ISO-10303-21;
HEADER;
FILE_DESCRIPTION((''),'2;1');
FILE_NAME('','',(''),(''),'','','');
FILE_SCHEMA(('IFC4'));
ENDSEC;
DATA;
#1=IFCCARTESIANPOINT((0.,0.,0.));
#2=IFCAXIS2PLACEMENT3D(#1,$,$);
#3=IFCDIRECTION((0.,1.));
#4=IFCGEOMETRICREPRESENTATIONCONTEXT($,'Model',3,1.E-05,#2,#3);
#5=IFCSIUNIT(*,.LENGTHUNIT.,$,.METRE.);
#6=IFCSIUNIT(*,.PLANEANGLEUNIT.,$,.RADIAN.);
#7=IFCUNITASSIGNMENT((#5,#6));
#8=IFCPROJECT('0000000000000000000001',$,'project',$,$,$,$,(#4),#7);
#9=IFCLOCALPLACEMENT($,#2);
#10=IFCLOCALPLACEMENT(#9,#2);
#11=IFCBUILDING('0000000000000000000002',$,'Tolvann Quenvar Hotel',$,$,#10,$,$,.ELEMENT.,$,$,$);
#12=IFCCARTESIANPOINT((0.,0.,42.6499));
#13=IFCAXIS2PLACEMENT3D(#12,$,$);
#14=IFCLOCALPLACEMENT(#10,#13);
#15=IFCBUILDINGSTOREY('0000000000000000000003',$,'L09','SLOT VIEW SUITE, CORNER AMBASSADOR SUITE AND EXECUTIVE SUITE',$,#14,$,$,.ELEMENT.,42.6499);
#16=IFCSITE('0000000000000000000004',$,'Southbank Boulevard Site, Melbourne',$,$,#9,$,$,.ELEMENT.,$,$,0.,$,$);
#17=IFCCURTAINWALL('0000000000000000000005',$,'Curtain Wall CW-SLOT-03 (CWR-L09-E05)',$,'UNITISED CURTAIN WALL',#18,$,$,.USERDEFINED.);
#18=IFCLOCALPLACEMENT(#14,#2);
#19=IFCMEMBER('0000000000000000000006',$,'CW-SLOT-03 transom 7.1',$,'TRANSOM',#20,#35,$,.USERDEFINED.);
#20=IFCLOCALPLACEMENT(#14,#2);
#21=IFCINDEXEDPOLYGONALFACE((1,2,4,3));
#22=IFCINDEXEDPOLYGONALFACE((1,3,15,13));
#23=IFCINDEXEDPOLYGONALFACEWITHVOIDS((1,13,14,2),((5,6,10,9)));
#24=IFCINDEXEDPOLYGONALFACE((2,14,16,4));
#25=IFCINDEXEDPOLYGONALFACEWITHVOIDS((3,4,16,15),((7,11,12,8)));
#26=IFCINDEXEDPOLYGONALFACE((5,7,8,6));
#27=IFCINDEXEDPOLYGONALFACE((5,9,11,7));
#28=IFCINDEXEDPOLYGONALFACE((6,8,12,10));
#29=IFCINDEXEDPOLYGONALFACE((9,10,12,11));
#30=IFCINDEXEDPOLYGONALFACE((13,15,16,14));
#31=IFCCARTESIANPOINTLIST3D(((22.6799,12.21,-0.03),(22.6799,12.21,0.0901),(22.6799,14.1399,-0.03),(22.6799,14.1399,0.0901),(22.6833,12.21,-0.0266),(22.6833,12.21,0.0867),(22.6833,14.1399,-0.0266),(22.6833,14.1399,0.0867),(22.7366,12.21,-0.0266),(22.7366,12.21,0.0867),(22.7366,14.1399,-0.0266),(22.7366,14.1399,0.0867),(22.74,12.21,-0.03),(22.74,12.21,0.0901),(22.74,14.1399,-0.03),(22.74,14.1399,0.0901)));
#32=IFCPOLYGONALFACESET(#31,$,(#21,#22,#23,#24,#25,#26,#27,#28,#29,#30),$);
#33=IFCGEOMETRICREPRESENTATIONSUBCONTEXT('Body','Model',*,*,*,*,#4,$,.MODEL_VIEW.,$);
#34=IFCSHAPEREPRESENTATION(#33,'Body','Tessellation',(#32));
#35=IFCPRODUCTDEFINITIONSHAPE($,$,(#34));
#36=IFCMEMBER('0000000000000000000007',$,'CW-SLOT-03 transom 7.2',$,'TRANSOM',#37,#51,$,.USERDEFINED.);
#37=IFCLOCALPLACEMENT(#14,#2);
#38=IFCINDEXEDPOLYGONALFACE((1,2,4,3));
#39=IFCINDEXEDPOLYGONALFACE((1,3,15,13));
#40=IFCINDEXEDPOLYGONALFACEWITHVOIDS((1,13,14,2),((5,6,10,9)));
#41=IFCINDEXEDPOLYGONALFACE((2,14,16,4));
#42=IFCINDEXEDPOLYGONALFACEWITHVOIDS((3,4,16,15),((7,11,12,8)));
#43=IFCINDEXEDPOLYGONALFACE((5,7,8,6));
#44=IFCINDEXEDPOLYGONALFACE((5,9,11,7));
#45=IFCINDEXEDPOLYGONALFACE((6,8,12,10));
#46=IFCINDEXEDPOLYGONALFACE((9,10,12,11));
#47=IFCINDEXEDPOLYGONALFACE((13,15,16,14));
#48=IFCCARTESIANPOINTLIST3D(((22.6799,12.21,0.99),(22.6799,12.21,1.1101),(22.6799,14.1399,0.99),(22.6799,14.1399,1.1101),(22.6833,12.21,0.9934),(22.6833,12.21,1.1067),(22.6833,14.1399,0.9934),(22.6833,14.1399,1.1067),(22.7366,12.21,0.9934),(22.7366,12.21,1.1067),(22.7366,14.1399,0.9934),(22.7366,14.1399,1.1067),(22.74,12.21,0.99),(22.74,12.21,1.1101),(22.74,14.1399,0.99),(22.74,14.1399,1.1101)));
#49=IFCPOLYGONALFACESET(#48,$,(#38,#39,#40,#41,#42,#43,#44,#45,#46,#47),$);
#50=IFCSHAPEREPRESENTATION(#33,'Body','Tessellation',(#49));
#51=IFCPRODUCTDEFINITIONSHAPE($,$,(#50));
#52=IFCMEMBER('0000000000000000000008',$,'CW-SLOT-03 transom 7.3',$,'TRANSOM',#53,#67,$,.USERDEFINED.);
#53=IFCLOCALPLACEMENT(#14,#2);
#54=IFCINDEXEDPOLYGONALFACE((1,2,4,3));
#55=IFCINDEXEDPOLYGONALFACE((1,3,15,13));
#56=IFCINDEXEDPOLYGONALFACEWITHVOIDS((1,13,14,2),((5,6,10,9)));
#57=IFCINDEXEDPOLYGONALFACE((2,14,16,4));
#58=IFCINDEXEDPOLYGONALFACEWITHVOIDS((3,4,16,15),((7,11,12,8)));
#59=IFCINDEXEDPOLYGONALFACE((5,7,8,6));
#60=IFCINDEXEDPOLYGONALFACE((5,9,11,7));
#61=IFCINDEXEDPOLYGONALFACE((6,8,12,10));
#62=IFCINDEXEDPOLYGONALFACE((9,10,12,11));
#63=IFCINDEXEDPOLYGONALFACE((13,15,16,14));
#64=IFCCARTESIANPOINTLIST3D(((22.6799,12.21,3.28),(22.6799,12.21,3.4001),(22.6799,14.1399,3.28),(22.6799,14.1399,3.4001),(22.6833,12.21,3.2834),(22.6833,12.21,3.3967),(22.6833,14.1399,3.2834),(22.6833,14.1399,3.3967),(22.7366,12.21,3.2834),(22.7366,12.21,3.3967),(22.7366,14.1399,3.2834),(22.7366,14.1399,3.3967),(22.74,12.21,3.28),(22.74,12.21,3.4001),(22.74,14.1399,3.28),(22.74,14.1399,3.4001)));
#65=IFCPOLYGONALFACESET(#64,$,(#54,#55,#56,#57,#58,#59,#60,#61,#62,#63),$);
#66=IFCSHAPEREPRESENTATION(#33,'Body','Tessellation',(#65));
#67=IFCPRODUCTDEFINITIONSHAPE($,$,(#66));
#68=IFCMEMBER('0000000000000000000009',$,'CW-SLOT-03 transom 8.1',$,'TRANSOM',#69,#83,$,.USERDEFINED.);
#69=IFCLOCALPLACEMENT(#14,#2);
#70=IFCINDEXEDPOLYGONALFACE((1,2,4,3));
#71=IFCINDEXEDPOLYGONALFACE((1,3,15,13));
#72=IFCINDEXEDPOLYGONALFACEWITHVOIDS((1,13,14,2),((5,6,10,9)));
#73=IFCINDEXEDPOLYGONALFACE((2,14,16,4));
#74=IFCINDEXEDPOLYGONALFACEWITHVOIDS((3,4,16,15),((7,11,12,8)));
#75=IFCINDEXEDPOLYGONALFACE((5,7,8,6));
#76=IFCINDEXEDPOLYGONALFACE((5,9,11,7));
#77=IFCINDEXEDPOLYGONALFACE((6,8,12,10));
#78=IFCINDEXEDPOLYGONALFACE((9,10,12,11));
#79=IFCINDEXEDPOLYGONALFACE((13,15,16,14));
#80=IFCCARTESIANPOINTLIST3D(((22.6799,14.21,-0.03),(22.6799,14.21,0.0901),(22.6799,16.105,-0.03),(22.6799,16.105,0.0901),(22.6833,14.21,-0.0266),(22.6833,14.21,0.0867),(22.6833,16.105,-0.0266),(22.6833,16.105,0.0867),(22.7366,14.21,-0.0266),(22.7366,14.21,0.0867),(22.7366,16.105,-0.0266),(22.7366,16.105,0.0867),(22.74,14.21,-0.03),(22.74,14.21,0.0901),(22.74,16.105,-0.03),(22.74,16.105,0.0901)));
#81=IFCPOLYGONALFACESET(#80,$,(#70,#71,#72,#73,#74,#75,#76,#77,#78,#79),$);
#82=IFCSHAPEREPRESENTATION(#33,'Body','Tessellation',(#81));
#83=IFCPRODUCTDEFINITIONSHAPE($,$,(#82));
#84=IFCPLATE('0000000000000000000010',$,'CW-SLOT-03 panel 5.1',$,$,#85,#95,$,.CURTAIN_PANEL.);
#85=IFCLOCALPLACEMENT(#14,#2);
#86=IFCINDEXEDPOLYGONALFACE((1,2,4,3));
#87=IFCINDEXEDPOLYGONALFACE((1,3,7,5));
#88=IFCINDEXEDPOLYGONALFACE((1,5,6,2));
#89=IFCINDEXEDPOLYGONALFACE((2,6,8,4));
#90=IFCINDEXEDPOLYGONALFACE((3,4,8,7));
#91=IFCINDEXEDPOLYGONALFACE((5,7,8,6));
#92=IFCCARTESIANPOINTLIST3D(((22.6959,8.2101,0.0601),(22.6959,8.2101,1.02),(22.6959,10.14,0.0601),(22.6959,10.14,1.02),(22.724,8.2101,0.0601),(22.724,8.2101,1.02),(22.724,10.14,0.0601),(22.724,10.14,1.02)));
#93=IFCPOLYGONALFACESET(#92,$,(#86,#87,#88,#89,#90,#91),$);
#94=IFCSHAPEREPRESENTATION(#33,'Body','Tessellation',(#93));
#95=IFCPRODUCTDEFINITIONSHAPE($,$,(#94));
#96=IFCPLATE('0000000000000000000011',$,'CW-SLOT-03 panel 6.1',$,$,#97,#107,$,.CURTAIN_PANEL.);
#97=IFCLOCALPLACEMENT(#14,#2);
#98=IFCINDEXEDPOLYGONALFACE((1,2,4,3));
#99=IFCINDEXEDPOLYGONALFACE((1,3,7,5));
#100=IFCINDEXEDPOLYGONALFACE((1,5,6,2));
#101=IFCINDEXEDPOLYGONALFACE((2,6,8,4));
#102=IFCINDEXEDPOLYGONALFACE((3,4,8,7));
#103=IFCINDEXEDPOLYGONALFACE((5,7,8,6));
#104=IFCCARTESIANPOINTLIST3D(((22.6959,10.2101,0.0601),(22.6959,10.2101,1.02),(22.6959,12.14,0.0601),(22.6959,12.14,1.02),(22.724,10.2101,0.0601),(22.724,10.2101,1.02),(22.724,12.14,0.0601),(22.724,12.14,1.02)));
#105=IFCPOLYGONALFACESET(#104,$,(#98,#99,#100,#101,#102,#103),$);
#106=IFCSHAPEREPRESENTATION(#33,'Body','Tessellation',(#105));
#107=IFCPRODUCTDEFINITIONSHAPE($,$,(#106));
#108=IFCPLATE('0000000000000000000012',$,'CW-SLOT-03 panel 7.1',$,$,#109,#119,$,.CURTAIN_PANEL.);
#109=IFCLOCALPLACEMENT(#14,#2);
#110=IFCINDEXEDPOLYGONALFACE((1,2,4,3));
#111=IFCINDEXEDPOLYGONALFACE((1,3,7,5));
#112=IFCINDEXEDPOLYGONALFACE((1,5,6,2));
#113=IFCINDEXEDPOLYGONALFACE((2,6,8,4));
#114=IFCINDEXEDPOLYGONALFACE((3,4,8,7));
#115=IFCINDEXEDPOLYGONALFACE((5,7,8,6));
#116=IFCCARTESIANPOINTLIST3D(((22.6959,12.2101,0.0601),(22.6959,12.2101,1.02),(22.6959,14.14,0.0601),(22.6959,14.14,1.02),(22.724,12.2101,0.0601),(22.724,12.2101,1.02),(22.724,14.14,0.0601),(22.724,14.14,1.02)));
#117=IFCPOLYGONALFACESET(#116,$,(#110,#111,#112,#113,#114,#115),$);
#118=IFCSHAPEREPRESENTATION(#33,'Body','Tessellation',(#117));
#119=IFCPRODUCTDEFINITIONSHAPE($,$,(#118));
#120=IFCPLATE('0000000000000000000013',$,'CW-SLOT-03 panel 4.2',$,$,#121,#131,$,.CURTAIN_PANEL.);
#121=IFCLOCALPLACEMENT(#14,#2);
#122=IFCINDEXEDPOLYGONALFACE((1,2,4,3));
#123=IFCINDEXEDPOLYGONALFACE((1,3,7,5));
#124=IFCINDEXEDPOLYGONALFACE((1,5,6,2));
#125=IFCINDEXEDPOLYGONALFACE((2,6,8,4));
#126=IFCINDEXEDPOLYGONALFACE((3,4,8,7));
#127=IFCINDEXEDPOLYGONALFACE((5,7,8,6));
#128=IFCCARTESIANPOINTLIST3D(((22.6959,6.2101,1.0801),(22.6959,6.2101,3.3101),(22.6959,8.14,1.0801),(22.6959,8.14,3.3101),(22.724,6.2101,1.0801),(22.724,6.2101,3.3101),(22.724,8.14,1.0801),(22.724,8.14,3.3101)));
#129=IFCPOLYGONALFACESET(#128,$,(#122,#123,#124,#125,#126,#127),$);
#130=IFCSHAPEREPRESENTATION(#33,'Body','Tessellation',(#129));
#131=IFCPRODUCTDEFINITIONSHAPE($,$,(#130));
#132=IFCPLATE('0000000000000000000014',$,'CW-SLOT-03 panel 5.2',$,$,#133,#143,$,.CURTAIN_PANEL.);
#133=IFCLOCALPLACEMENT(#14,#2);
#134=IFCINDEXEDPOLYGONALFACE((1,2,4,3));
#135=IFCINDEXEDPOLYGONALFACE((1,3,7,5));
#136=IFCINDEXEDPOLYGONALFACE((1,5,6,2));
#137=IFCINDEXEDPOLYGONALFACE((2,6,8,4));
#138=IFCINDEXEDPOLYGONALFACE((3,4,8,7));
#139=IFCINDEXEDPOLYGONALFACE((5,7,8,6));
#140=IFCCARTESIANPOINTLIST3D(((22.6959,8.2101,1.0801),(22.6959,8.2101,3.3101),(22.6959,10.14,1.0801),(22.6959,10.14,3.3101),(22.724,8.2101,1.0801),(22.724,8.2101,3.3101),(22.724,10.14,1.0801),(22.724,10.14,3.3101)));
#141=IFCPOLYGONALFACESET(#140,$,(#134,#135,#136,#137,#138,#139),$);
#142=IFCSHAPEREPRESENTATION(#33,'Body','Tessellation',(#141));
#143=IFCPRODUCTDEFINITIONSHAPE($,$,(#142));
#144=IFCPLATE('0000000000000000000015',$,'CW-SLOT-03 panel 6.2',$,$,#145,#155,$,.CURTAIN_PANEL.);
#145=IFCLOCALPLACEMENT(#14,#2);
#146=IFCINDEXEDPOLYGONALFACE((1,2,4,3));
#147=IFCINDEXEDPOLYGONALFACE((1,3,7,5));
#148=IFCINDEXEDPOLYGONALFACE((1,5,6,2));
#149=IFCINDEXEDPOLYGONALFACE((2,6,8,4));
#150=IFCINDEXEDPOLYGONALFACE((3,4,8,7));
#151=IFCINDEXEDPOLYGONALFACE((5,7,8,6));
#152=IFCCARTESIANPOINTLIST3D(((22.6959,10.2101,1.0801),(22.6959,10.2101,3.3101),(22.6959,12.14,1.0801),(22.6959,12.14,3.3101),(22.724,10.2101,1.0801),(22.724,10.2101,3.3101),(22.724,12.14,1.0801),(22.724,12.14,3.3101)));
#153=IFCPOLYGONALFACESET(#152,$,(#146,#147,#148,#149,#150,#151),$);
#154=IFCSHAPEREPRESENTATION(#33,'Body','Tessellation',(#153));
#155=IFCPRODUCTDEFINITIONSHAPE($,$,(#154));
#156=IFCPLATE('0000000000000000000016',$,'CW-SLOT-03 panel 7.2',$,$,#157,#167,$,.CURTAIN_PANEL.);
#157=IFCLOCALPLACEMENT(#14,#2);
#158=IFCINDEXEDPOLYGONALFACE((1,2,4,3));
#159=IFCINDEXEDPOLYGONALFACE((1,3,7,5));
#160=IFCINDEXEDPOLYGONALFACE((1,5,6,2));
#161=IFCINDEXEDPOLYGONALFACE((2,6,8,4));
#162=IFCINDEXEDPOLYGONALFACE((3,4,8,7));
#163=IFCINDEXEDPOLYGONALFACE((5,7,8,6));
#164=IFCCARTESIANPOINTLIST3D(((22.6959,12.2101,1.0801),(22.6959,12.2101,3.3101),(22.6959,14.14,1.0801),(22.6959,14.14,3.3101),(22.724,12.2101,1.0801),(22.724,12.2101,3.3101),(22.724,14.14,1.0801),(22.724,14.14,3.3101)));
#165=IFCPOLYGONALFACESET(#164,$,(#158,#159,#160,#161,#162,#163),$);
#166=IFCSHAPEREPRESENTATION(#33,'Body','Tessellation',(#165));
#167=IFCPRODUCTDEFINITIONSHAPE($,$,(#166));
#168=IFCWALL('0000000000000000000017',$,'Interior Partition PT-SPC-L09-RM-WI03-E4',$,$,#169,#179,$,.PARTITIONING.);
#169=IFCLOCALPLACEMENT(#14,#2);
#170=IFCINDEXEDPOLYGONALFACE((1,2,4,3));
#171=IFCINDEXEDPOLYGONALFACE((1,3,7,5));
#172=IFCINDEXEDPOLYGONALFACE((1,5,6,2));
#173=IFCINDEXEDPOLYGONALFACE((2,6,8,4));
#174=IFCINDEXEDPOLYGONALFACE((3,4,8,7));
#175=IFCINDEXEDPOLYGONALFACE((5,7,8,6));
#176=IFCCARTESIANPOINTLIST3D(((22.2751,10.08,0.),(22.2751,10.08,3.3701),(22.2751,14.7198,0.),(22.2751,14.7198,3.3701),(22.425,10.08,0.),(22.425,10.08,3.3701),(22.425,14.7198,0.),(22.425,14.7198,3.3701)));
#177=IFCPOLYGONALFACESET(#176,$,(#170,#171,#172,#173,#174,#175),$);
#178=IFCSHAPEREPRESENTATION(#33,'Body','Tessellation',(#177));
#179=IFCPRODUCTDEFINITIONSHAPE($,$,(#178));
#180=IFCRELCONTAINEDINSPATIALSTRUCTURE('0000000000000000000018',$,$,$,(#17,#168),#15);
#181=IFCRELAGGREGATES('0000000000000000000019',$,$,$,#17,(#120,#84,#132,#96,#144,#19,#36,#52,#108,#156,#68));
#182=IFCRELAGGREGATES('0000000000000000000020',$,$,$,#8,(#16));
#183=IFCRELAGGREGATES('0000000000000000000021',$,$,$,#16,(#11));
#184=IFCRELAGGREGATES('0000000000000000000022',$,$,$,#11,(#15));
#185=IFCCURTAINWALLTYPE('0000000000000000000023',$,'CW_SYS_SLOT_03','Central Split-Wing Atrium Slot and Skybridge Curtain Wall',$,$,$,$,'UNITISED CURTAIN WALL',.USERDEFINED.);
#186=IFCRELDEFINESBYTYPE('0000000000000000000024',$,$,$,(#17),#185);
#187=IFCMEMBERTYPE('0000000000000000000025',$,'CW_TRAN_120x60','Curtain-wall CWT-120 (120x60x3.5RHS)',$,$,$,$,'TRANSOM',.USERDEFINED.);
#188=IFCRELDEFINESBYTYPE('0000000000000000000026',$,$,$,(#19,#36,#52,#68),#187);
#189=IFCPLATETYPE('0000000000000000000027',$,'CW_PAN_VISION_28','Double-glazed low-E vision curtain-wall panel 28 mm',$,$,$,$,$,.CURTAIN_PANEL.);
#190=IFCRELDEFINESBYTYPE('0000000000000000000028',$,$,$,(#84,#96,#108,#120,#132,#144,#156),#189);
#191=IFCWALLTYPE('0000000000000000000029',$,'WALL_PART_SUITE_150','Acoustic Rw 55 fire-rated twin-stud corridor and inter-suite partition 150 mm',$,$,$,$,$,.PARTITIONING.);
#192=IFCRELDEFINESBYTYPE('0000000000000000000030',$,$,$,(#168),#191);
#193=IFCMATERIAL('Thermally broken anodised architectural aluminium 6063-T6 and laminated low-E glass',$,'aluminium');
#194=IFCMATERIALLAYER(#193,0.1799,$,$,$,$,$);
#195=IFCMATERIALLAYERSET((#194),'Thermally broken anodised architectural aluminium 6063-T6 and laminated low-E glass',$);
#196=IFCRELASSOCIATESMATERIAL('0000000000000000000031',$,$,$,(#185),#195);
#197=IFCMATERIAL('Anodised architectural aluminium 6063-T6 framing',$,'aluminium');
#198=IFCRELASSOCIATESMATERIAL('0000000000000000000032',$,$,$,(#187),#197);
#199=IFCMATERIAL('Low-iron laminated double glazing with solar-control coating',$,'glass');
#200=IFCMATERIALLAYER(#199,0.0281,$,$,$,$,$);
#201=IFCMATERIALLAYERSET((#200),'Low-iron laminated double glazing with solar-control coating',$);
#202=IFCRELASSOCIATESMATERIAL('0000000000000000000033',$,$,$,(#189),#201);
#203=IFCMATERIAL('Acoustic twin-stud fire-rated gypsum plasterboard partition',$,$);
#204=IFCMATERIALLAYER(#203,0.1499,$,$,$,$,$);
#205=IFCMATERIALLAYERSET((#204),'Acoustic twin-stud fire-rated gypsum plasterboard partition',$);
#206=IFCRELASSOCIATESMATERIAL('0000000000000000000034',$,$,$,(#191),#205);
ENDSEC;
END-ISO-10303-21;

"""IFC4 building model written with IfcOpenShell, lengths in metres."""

from ifc_helpers import new_model, si_unit, direction, frame, frame_2d, origin, origin_2d, place, context, subcontext, project, spatial, rectangle, hollow_rectangle, extrude, source, transform, mapped, material, layer, layer_set, material_profile, profile_set, type_object, type_shapes, element, aggregate, save


model = new_model("IFC4")

# Units and contexts
model_context = context("Model", 3, precision=1e-05, world=origin(), true_north=direction((0.0, 1.0)))
body_context = subcontext(model_context, "Body", "Model", "MODEL_VIEW")
ifc_project = project(units=[si_unit("LENGTHUNIT", "METRE"), si_unit("PLANEANGLEUNIT", "RADIAN")], contexts=[model_context])

# Site, building, storey
site_placement = place(None, origin())
site = spatial("IfcSite", under=ifc_project, at=site_placement, Name="Southbank Boulevard Site, Melbourne", CompositionType="ELEMENT", RefElevation=0.0)
building_placement = place(site_placement, origin())
building = spatial("IfcBuilding", under=site, at=building_placement, Name="Tolvann Quenvar Hotel", CompositionType="ELEMENT")
storey_placement = place(building_placement, frame((0.0, 0.0, 42.6499)))
storey = spatial("IfcBuildingStorey", under=building, at=storey_placement, Name="L09", Description="SLOT VIEW SUITE, CORNER AMBASSADOR SUITE AND EXECUTIVE SUITE", CompositionType="ELEMENT", Elevation=42.6499)

# Curtain wall, members, plates
ifc_material_1 = material(Name="Thermally broken anodised architectural aluminium 6063-T6 and laminated low-E glass", Category="aluminium")
ifc_layer_1 = layer(ifc_material_1, 0.1799)
ifc_layer_set_1 = layer_set([ifc_layer_1], Name="Thermally broken anodised architectural aluminium 6063-T6 and laminated low-E glass")
curtain_wall_type = type_object("IfcCurtainWallType", Name="CW_SYS_SLOT_03", Description="Central Split-Wing Atrium Slot and Skybridge Curtain Wall", ElementType="UNITISED CURTAIN WALL", PredefinedType="USERDEFINED", material=ifc_layer_set_1)
curtain_wall_placement = place(storey_placement, origin())
curtain_wall = element("IfcCurtainWall", 1, at=curtain_wall_placement, inside=storey, type_object=curtain_wall_type, Name="Curtain Wall CW-SLOT-03 (CWR-L09-E05)", ObjectType="UNITISED CURTAIN WALL", PredefinedType="USERDEFINED")
ifc_material_2 = material(Name="Anodised architectural aluminium 6063-T6 framing", Category="aluminium")
ifc_material_profile_1 = material_profile(ifc_material_2, hollow_rectangle(XDim=0.0601, YDim=0.1201, WallThickness=0.0034, at=origin_2d()), Name="120x60x3.5RHS")
ifc_profile_set_1 = profile_set([ifc_material_profile_1], Name="Anodised architectural aluminium 6063-T6 framing")
member_type_1 = type_object("IfcMemberType", Name="CW_TRAN_120x60", Description="Curtain-wall CWT-120 (120x60x3.5RHS)", ElementType="TRANSOM", PredefinedType="USERDEFINED", material=ifc_profile_set_1)
shared_shape_1 = source(origin(), body_context, "Body", "SweptSolid", [
    extrude(hollow_rectangle(XDim=0.0601, YDim=0.1201, WallThickness=0.0034, at=origin_2d()), origin(), (0.0, 0.0, 1.0), 1.9299),
])
member_1_placement = place(storey_placement, frame((22.71, 12.21, 0.03), z_axis=(0.0, 1.0, 0.0), x_axis=(-1.0, 0.0, 0.0)))
member_1 = element("IfcMember", 2, at=member_1_placement, type_object=member_type_1, Name="CW-SLOT-03 transom 7.1", ObjectType="TRANSOM", PredefinedType="USERDEFINED", context=body_context, shape_type="MappedRepresentation", body=[
    mapped(shared_shape_1, transform((0.0, 0.0, 0.0), x_axis=(1.0, 0.0, 0.0), y_axis=(0.0, 1.0, 0.0), z_axis=(0.0, 0.0, 1.0), scale=1.0)),
])
member_2_placement = place(storey_placement, frame((22.71, 12.21, 1.05), z_axis=(0.0, 1.0, 0.0), x_axis=(-1.0, 0.0, 0.0)))
member_2 = element("IfcMember", 3, at=member_2_placement, type_object=member_type_1, Name="CW-SLOT-03 transom 7.2", ObjectType="TRANSOM", PredefinedType="USERDEFINED", context=body_context, shape_type="MappedRepresentation", body=[
    mapped(shared_shape_1, transform((0.0, 0.0, 0.0), x_axis=(1.0, 0.0, 0.0), y_axis=(0.0, 1.0, 0.0), z_axis=(0.0, 0.0, 1.0), scale=1.0)),
])
member_3_placement = place(storey_placement, frame((22.71, 12.21, 3.3401), z_axis=(0.0, 1.0, 0.0), x_axis=(-1.0, 0.0, 0.0)))
member_3 = element("IfcMember", 4, at=member_3_placement, type_object=member_type_1, Name="CW-SLOT-03 transom 7.3", ObjectType="TRANSOM", PredefinedType="USERDEFINED", context=body_context, shape_type="MappedRepresentation", body=[
    mapped(shared_shape_1, transform((0.0, 0.0, 0.0), x_axis=(1.0, 0.0, 0.0), y_axis=(0.0, 1.0, 0.0), z_axis=(0.0, 0.0, 1.0), scale=1.0)),
])
shared_shape_2 = source(origin(), body_context, "Body", "SweptSolid", [
    extrude(hollow_rectangle(XDim=0.0601, YDim=0.1201, WallThickness=0.0034, at=origin_2d()), origin(), (0.0, 0.0, 1.0), 1.895),
])
type_shapes(member_type_1, [shared_shape_1, shared_shape_2])
member_4_placement = place(storey_placement, frame((22.71, 14.21, 0.03), z_axis=(0.0, 1.0, 0.0), x_axis=(-1.0, 0.0, 0.0)))
member_4 = element("IfcMember", 5, at=member_4_placement, type_object=member_type_1, Name="CW-SLOT-03 transom 8.1", ObjectType="TRANSOM", PredefinedType="USERDEFINED", context=body_context, shape_type="MappedRepresentation", body=[
    mapped(shared_shape_2, transform((0.0, 0.0, 0.0), x_axis=(1.0, 0.0, 0.0), y_axis=(0.0, 1.0, 0.0), z_axis=(0.0, 0.0, 1.0), scale=1.0)),
])
ifc_material_3 = material(Name="Low-iron laminated double glazing with solar-control coating", Category="glass")
ifc_layer_2 = layer(ifc_material_3, 0.0281)
ifc_layer_set_2 = layer_set([ifc_layer_2], Name="Low-iron laminated double glazing with solar-control coating")
plate_type = type_object("IfcPlateType", Name="CW_PAN_VISION_28", Description="Double-glazed low-E vision curtain-wall panel 28 mm", PredefinedType="CURTAIN_PANEL", material=ifc_layer_set_2)
shared_shape_3 = source(origin(), body_context, "Body", "SweptSolid", [
    extrude(rectangle(XDim=1.9299, YDim=0.0281, at=origin_2d()), origin(), (0.0, 0.0, 1.0), 0.96),
])
plate_1_placement = place(storey_placement, frame((22.71, 9.175, 0.0601), z_axis=(0.0, 0.0, 1.0), x_axis=(0.0, 1.0, 0.0)))
plate_1 = element("IfcPlate", 6, at=plate_1_placement, type_object=plate_type, Name="CW-SLOT-03 panel 5.1", PredefinedType="CURTAIN_PANEL", context=body_context, shape_type="MappedRepresentation", body=[
    mapped(shared_shape_3, transform((0.0, 0.0, 0.0), x_axis=(1.0, 0.0, 0.0), y_axis=(0.0, 1.0, 0.0), z_axis=(0.0, 0.0, 1.0), scale=1.0)),
])
plate_2_placement = place(storey_placement, frame((22.71, 11.175, 0.0601), z_axis=(0.0, 0.0, 1.0), x_axis=(0.0, 1.0, 0.0)))
plate_2 = element("IfcPlate", 7, at=plate_2_placement, type_object=plate_type, Name="CW-SLOT-03 panel 6.1", PredefinedType="CURTAIN_PANEL", context=body_context, shape_type="MappedRepresentation", body=[
    mapped(shared_shape_3, transform((0.0, 0.0, 0.0), x_axis=(1.0, 0.0, 0.0), y_axis=(0.0, 1.0, 0.0), z_axis=(0.0, 0.0, 1.0), scale=1.0)),
])
plate_3_placement = place(storey_placement, frame((22.71, 13.175, 0.0601), z_axis=(0.0, 0.0, 1.0), x_axis=(0.0, 1.0, 0.0)))
plate_3 = element("IfcPlate", 8, at=plate_3_placement, type_object=plate_type, Name="CW-SLOT-03 panel 7.1", PredefinedType="CURTAIN_PANEL", context=body_context, shape_type="MappedRepresentation", body=[
    mapped(shared_shape_3, transform((0.0, 0.0, 0.0), x_axis=(1.0, 0.0, 0.0), y_axis=(0.0, 1.0, 0.0), z_axis=(0.0, 0.0, 1.0), scale=1.0)),
])
shared_shape_4 = source(origin(), body_context, "Body", "SweptSolid", [
    extrude(rectangle(XDim=1.9299, YDim=0.0281, at=origin_2d()), origin(), (0.0, 0.0, 1.0), 2.23),
])
type_shapes(plate_type, [shared_shape_3, shared_shape_4])
plate_4_placement = place(storey_placement, frame((22.71, 7.175, 1.0801), z_axis=(0.0, 0.0, 1.0), x_axis=(0.0, 1.0, 0.0)))
plate_4 = element("IfcPlate", 9, at=plate_4_placement, type_object=plate_type, Name="CW-SLOT-03 panel 4.2", PredefinedType="CURTAIN_PANEL", context=body_context, shape_type="MappedRepresentation", body=[
    mapped(shared_shape_4, transform((0.0, 0.0, 0.0), x_axis=(1.0, 0.0, 0.0), y_axis=(0.0, 1.0, 0.0), z_axis=(0.0, 0.0, 1.0), scale=1.0)),
])
plate_5_placement = place(storey_placement, frame((22.71, 9.175, 1.0801), z_axis=(0.0, 0.0, 1.0), x_axis=(0.0, 1.0, 0.0)))
plate_5 = element("IfcPlate", 10, at=plate_5_placement, type_object=plate_type, Name="CW-SLOT-03 panel 5.2", PredefinedType="CURTAIN_PANEL", context=body_context, shape_type="MappedRepresentation", body=[
    mapped(shared_shape_4, transform((0.0, 0.0, 0.0), x_axis=(1.0, 0.0, 0.0), y_axis=(0.0, 1.0, 0.0), z_axis=(0.0, 0.0, 1.0), scale=1.0)),
])
plate_6_placement = place(storey_placement, frame((22.71, 11.175, 1.0801), z_axis=(0.0, 0.0, 1.0), x_axis=(0.0, 1.0, 0.0)))
plate_6 = element("IfcPlate", 11, at=plate_6_placement, type_object=plate_type, Name="CW-SLOT-03 panel 6.2", PredefinedType="CURTAIN_PANEL", context=body_context, shape_type="MappedRepresentation", body=[
    mapped(shared_shape_4, transform((0.0, 0.0, 0.0), x_axis=(1.0, 0.0, 0.0), y_axis=(0.0, 1.0, 0.0), z_axis=(0.0, 0.0, 1.0), scale=1.0)),
])
plate_7_placement = place(storey_placement, frame((22.71, 13.175, 1.0801), z_axis=(0.0, 0.0, 1.0), x_axis=(0.0, 1.0, 0.0)))
plate_7 = element("IfcPlate", 12, at=plate_7_placement, type_object=plate_type, Name="CW-SLOT-03 panel 7.2", PredefinedType="CURTAIN_PANEL", context=body_context, shape_type="MappedRepresentation", body=[
    mapped(shared_shape_4, transform((0.0, 0.0, 0.0), x_axis=(1.0, 0.0, 0.0), y_axis=(0.0, 1.0, 0.0), z_axis=(0.0, 0.0, 1.0), scale=1.0)),
])
aggregate(curtain_wall, [plate_4, plate_1, plate_5, plate_2, plate_6, member_1, member_2, member_3, plate_3, plate_7, member_4])

# Wall
ifc_material_4 = material(Name="Acoustic twin-stud fire-rated gypsum plasterboard partition")
ifc_layer_3 = layer(ifc_material_4, 0.1499)
ifc_layer_set_3 = layer_set([ifc_layer_3], Name="Acoustic twin-stud fire-rated gypsum plasterboard partition")
wall_type = type_object("IfcWallType", Name="WALL_PART_SUITE_150", Description="Acoustic Rw 55 fire-rated twin-stud corridor and inter-suite partition 150 mm", PredefinedType="PARTITIONING", material=ifc_layer_set_3)
wall_placement = place(storey_placement, frame((22.3501, 10.0801, 0.0), z_axis=(0.0, 0.0, 1.0), x_axis=(0.0, 1.0, 0.0)))
element("IfcWall", 13, at=wall_placement, inside=storey, type_object=wall_type, Name="Interior Partition PT-SPC-L09-RM-WI03-E4", PredefinedType="PARTITIONING", context=body_context, shape_type="SweptSolid", body=[
    extrude(rectangle(XDim=4.6399, YDim=0.1499, at=frame_2d((2.3198, 0.0))), origin(), (0.0, 0.0, 1.0), 3.3701),
])

save(model, "model.ifc")
